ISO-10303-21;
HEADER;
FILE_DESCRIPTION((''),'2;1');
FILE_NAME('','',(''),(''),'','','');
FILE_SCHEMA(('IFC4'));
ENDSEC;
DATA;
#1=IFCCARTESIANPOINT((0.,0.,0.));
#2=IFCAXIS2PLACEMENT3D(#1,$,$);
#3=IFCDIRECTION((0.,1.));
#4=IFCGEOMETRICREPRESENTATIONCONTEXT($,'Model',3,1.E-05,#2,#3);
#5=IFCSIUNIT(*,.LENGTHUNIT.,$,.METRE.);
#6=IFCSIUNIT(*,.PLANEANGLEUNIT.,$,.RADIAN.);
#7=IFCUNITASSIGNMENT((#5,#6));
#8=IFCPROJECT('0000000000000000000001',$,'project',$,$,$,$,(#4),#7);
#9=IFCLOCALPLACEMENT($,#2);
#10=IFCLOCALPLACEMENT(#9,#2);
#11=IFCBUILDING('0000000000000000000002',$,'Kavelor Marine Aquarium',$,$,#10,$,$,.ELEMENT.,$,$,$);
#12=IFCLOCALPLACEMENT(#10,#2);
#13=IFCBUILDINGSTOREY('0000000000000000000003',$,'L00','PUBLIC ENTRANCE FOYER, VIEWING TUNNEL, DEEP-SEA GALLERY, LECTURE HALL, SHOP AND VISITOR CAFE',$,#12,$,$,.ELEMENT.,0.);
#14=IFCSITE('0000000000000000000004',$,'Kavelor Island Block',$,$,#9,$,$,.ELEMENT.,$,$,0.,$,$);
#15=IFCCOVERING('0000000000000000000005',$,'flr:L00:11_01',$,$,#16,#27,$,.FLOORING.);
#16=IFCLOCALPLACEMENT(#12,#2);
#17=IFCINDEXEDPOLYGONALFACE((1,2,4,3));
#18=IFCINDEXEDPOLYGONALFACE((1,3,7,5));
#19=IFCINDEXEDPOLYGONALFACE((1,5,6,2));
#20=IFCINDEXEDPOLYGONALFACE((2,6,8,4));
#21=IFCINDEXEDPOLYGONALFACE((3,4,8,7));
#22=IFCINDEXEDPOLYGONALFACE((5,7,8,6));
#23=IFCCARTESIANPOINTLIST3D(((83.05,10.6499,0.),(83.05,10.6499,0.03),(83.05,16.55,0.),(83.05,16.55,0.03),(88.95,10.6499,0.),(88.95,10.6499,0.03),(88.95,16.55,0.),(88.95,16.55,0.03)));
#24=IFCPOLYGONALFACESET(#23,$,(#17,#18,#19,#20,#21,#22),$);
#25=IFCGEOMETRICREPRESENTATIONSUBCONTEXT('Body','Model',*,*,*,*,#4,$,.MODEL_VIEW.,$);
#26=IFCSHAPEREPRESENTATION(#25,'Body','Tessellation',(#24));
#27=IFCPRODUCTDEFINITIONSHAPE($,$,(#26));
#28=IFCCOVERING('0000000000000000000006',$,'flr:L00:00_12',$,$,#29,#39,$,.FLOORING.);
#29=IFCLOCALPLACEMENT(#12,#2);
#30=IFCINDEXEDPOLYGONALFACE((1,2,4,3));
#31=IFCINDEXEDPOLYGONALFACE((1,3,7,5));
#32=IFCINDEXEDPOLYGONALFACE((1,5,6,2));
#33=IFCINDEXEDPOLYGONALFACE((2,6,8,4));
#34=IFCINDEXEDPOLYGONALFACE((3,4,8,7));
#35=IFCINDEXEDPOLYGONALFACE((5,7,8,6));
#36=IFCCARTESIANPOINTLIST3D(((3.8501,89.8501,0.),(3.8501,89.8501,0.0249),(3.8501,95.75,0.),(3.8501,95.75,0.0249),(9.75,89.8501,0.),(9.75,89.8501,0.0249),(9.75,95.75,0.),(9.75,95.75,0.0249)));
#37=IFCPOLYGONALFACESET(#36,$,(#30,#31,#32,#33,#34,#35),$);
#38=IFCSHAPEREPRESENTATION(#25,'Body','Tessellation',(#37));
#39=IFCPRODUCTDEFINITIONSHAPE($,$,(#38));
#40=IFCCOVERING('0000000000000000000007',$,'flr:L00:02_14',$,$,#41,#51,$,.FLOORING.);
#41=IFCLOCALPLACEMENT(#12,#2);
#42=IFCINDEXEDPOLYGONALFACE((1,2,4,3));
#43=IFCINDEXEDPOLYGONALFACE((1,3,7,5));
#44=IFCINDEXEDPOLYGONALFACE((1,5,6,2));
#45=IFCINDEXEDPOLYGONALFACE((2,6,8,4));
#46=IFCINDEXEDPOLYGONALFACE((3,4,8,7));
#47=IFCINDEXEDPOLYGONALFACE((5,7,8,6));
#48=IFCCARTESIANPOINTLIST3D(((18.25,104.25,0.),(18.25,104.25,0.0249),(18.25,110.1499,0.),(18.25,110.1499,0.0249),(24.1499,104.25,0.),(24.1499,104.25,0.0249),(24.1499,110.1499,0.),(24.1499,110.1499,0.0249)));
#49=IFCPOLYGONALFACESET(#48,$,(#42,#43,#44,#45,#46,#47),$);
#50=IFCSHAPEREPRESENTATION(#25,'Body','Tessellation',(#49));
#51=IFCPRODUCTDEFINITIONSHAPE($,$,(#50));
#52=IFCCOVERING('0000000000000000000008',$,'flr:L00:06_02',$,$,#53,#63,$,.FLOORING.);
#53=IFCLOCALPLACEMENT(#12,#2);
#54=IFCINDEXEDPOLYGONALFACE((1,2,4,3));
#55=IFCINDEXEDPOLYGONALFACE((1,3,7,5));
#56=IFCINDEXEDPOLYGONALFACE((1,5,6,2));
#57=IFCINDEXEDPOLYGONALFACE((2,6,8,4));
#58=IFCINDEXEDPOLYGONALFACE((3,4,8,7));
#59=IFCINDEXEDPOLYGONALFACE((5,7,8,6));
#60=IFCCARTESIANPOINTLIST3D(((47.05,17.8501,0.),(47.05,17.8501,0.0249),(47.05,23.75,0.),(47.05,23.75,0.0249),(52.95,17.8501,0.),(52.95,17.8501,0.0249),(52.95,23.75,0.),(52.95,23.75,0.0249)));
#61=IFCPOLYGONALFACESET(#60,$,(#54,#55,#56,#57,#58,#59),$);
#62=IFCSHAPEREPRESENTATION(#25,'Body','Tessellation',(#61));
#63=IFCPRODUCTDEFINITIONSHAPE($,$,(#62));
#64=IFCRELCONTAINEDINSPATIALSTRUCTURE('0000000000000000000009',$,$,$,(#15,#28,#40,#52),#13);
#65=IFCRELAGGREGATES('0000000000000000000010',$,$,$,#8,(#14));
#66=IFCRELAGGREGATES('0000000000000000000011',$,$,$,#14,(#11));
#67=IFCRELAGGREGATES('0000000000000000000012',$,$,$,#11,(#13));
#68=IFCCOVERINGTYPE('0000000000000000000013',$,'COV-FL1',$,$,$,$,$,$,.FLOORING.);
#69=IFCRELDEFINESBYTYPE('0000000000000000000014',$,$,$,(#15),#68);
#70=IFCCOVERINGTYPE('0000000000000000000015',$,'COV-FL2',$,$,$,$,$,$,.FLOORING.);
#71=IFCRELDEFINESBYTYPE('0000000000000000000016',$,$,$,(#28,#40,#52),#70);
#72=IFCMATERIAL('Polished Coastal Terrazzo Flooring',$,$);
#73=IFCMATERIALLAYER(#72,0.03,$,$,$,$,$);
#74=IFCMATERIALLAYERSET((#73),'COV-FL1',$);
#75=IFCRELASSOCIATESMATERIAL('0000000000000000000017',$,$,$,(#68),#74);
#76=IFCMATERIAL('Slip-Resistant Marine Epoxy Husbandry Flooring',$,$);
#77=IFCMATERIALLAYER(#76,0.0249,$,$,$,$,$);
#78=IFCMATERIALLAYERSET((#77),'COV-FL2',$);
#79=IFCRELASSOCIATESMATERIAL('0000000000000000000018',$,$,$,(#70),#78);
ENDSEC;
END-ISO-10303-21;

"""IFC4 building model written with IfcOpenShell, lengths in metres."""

from ifc_helpers import new_model, si_unit, direction, origin, place, context, subcontext, project, spatial, polyline, outline, extrude, material, layer, layer_set, type_object, element, save


model = new_model("IFC4")

# Units and contexts
model_context = context("Model", 3, precision=1e-05, world=origin(), true_north=direction((0.0, 1.0)))
body_context = subcontext(model_context, "Body", "Model", "MODEL_VIEW")
ifc_project = project(units=[si_unit("LENGTHUNIT", "METRE"), si_unit("PLANEANGLEUNIT", "RADIAN")], contexts=[model_context])

# Site, building, storey
site_placement = place(None, origin())
site = spatial("IfcSite", under=ifc_project, at=site_placement, Name="Kavelor Island Block", CompositionType="ELEMENT", RefElevation=0.0)
building_placement = place(site_placement, origin())
building = spatial("IfcBuilding", under=site, at=building_placement, Name="Kavelor Marine Aquarium", CompositionType="ELEMENT")
storey_placement = place(building_placement, origin())
storey = spatial("IfcBuildingStorey", under=building, at=storey_placement, Name="L00", Description="PUBLIC ENTRANCE FOYER, VIEWING TUNNEL, DEEP-SEA GALLERY, LECTURE HALL, SHOP AND VISITOR CAFE", CompositionType="ELEMENT", Elevation=0.0)

# Coverings
ifc_material_1 = material(Name="Polished Coastal Terrazzo Flooring")
ifc_layer_1 = layer(ifc_material_1, 0.03)
ifc_layer_set_1 = layer_set([ifc_layer_1], Name="COV-FL1")
covering_type_1 = type_object("IfcCoveringType", Name="COV-FL1", PredefinedType="FLOORING", material=ifc_layer_set_1)
covering_1_placement = place(storey_placement, origin())
element("IfcCovering", 1, at=covering_1_placement, inside=storey, type_object=covering_type_1, Name="flr:L00:11_01", PredefinedType="FLOORING", context=body_context, shape_type="SweptSolid", body=[
    extrude(outline(polyline([(83.05, 10.6499), (88.95, 10.6499), (88.95, 16.55), (83.05, 16.55), (83.05, 10.6499)])), origin(), (0.0, 0.0, 1.0), 0.03),
])
ifc_material_2 = material(Name="Slip-Resistant Marine Epoxy Husbandry Flooring")
ifc_layer_2 = layer(ifc_material_2, 0.0249)
ifc_layer_set_2 = layer_set([ifc_layer_2], Name="COV-FL2")
covering_type_2 = type_object("IfcCoveringType", Name="COV-FL2", PredefinedType="FLOORING", material=ifc_layer_set_2)
covering_2_placement = place(storey_placement, origin())
element("IfcCovering", 2, at=covering_2_placement, inside=storey, type_object=covering_type_2, Name="flr:L00:00_12", PredefinedType="FLOORING", context=body_context, shape_type="SweptSolid", body=[
    extrude(outline(polyline([(3.8501, 89.8501), (9.75, 89.8501), (9.75, 95.75), (3.8501, 95.75), (3.8501, 89.8501)])), origin(), (0.0, 0.0, 1.0), 0.0249),
])
covering_3_placement = place(storey_placement, origin())
element("IfcCovering", 3, at=covering_3_placement, inside=storey, type_object=covering_type_2, Name="flr:L00:02_14", PredefinedType="FLOORING", context=body_context, shape_type="SweptSolid", body=[
    extrude(outline(polyline([(18.25, 104.25), (24.1499, 104.25), (24.1499, 110.1499), (18.25, 110.1499), (18.25, 104.25)])), origin(), (0.0, 0.0, 1.0), 0.0249),
])
covering_4_placement = place(storey_placement, origin())
element("IfcCovering", 4, at=covering_4_placement, inside=storey, type_object=covering_type_2, Name="flr:L00:06_02", PredefinedType="FLOORING", context=body_context, shape_type="SweptSolid", body=[
    extrude(outline(polyline([(47.05, 17.8501), (52.95, 17.8501), (52.95, 23.75), (47.05, 23.75), (47.05, 17.8501)])), origin(), (0.0, 0.0, 1.0), 0.0249),
])

save(model, "model.ifc")
